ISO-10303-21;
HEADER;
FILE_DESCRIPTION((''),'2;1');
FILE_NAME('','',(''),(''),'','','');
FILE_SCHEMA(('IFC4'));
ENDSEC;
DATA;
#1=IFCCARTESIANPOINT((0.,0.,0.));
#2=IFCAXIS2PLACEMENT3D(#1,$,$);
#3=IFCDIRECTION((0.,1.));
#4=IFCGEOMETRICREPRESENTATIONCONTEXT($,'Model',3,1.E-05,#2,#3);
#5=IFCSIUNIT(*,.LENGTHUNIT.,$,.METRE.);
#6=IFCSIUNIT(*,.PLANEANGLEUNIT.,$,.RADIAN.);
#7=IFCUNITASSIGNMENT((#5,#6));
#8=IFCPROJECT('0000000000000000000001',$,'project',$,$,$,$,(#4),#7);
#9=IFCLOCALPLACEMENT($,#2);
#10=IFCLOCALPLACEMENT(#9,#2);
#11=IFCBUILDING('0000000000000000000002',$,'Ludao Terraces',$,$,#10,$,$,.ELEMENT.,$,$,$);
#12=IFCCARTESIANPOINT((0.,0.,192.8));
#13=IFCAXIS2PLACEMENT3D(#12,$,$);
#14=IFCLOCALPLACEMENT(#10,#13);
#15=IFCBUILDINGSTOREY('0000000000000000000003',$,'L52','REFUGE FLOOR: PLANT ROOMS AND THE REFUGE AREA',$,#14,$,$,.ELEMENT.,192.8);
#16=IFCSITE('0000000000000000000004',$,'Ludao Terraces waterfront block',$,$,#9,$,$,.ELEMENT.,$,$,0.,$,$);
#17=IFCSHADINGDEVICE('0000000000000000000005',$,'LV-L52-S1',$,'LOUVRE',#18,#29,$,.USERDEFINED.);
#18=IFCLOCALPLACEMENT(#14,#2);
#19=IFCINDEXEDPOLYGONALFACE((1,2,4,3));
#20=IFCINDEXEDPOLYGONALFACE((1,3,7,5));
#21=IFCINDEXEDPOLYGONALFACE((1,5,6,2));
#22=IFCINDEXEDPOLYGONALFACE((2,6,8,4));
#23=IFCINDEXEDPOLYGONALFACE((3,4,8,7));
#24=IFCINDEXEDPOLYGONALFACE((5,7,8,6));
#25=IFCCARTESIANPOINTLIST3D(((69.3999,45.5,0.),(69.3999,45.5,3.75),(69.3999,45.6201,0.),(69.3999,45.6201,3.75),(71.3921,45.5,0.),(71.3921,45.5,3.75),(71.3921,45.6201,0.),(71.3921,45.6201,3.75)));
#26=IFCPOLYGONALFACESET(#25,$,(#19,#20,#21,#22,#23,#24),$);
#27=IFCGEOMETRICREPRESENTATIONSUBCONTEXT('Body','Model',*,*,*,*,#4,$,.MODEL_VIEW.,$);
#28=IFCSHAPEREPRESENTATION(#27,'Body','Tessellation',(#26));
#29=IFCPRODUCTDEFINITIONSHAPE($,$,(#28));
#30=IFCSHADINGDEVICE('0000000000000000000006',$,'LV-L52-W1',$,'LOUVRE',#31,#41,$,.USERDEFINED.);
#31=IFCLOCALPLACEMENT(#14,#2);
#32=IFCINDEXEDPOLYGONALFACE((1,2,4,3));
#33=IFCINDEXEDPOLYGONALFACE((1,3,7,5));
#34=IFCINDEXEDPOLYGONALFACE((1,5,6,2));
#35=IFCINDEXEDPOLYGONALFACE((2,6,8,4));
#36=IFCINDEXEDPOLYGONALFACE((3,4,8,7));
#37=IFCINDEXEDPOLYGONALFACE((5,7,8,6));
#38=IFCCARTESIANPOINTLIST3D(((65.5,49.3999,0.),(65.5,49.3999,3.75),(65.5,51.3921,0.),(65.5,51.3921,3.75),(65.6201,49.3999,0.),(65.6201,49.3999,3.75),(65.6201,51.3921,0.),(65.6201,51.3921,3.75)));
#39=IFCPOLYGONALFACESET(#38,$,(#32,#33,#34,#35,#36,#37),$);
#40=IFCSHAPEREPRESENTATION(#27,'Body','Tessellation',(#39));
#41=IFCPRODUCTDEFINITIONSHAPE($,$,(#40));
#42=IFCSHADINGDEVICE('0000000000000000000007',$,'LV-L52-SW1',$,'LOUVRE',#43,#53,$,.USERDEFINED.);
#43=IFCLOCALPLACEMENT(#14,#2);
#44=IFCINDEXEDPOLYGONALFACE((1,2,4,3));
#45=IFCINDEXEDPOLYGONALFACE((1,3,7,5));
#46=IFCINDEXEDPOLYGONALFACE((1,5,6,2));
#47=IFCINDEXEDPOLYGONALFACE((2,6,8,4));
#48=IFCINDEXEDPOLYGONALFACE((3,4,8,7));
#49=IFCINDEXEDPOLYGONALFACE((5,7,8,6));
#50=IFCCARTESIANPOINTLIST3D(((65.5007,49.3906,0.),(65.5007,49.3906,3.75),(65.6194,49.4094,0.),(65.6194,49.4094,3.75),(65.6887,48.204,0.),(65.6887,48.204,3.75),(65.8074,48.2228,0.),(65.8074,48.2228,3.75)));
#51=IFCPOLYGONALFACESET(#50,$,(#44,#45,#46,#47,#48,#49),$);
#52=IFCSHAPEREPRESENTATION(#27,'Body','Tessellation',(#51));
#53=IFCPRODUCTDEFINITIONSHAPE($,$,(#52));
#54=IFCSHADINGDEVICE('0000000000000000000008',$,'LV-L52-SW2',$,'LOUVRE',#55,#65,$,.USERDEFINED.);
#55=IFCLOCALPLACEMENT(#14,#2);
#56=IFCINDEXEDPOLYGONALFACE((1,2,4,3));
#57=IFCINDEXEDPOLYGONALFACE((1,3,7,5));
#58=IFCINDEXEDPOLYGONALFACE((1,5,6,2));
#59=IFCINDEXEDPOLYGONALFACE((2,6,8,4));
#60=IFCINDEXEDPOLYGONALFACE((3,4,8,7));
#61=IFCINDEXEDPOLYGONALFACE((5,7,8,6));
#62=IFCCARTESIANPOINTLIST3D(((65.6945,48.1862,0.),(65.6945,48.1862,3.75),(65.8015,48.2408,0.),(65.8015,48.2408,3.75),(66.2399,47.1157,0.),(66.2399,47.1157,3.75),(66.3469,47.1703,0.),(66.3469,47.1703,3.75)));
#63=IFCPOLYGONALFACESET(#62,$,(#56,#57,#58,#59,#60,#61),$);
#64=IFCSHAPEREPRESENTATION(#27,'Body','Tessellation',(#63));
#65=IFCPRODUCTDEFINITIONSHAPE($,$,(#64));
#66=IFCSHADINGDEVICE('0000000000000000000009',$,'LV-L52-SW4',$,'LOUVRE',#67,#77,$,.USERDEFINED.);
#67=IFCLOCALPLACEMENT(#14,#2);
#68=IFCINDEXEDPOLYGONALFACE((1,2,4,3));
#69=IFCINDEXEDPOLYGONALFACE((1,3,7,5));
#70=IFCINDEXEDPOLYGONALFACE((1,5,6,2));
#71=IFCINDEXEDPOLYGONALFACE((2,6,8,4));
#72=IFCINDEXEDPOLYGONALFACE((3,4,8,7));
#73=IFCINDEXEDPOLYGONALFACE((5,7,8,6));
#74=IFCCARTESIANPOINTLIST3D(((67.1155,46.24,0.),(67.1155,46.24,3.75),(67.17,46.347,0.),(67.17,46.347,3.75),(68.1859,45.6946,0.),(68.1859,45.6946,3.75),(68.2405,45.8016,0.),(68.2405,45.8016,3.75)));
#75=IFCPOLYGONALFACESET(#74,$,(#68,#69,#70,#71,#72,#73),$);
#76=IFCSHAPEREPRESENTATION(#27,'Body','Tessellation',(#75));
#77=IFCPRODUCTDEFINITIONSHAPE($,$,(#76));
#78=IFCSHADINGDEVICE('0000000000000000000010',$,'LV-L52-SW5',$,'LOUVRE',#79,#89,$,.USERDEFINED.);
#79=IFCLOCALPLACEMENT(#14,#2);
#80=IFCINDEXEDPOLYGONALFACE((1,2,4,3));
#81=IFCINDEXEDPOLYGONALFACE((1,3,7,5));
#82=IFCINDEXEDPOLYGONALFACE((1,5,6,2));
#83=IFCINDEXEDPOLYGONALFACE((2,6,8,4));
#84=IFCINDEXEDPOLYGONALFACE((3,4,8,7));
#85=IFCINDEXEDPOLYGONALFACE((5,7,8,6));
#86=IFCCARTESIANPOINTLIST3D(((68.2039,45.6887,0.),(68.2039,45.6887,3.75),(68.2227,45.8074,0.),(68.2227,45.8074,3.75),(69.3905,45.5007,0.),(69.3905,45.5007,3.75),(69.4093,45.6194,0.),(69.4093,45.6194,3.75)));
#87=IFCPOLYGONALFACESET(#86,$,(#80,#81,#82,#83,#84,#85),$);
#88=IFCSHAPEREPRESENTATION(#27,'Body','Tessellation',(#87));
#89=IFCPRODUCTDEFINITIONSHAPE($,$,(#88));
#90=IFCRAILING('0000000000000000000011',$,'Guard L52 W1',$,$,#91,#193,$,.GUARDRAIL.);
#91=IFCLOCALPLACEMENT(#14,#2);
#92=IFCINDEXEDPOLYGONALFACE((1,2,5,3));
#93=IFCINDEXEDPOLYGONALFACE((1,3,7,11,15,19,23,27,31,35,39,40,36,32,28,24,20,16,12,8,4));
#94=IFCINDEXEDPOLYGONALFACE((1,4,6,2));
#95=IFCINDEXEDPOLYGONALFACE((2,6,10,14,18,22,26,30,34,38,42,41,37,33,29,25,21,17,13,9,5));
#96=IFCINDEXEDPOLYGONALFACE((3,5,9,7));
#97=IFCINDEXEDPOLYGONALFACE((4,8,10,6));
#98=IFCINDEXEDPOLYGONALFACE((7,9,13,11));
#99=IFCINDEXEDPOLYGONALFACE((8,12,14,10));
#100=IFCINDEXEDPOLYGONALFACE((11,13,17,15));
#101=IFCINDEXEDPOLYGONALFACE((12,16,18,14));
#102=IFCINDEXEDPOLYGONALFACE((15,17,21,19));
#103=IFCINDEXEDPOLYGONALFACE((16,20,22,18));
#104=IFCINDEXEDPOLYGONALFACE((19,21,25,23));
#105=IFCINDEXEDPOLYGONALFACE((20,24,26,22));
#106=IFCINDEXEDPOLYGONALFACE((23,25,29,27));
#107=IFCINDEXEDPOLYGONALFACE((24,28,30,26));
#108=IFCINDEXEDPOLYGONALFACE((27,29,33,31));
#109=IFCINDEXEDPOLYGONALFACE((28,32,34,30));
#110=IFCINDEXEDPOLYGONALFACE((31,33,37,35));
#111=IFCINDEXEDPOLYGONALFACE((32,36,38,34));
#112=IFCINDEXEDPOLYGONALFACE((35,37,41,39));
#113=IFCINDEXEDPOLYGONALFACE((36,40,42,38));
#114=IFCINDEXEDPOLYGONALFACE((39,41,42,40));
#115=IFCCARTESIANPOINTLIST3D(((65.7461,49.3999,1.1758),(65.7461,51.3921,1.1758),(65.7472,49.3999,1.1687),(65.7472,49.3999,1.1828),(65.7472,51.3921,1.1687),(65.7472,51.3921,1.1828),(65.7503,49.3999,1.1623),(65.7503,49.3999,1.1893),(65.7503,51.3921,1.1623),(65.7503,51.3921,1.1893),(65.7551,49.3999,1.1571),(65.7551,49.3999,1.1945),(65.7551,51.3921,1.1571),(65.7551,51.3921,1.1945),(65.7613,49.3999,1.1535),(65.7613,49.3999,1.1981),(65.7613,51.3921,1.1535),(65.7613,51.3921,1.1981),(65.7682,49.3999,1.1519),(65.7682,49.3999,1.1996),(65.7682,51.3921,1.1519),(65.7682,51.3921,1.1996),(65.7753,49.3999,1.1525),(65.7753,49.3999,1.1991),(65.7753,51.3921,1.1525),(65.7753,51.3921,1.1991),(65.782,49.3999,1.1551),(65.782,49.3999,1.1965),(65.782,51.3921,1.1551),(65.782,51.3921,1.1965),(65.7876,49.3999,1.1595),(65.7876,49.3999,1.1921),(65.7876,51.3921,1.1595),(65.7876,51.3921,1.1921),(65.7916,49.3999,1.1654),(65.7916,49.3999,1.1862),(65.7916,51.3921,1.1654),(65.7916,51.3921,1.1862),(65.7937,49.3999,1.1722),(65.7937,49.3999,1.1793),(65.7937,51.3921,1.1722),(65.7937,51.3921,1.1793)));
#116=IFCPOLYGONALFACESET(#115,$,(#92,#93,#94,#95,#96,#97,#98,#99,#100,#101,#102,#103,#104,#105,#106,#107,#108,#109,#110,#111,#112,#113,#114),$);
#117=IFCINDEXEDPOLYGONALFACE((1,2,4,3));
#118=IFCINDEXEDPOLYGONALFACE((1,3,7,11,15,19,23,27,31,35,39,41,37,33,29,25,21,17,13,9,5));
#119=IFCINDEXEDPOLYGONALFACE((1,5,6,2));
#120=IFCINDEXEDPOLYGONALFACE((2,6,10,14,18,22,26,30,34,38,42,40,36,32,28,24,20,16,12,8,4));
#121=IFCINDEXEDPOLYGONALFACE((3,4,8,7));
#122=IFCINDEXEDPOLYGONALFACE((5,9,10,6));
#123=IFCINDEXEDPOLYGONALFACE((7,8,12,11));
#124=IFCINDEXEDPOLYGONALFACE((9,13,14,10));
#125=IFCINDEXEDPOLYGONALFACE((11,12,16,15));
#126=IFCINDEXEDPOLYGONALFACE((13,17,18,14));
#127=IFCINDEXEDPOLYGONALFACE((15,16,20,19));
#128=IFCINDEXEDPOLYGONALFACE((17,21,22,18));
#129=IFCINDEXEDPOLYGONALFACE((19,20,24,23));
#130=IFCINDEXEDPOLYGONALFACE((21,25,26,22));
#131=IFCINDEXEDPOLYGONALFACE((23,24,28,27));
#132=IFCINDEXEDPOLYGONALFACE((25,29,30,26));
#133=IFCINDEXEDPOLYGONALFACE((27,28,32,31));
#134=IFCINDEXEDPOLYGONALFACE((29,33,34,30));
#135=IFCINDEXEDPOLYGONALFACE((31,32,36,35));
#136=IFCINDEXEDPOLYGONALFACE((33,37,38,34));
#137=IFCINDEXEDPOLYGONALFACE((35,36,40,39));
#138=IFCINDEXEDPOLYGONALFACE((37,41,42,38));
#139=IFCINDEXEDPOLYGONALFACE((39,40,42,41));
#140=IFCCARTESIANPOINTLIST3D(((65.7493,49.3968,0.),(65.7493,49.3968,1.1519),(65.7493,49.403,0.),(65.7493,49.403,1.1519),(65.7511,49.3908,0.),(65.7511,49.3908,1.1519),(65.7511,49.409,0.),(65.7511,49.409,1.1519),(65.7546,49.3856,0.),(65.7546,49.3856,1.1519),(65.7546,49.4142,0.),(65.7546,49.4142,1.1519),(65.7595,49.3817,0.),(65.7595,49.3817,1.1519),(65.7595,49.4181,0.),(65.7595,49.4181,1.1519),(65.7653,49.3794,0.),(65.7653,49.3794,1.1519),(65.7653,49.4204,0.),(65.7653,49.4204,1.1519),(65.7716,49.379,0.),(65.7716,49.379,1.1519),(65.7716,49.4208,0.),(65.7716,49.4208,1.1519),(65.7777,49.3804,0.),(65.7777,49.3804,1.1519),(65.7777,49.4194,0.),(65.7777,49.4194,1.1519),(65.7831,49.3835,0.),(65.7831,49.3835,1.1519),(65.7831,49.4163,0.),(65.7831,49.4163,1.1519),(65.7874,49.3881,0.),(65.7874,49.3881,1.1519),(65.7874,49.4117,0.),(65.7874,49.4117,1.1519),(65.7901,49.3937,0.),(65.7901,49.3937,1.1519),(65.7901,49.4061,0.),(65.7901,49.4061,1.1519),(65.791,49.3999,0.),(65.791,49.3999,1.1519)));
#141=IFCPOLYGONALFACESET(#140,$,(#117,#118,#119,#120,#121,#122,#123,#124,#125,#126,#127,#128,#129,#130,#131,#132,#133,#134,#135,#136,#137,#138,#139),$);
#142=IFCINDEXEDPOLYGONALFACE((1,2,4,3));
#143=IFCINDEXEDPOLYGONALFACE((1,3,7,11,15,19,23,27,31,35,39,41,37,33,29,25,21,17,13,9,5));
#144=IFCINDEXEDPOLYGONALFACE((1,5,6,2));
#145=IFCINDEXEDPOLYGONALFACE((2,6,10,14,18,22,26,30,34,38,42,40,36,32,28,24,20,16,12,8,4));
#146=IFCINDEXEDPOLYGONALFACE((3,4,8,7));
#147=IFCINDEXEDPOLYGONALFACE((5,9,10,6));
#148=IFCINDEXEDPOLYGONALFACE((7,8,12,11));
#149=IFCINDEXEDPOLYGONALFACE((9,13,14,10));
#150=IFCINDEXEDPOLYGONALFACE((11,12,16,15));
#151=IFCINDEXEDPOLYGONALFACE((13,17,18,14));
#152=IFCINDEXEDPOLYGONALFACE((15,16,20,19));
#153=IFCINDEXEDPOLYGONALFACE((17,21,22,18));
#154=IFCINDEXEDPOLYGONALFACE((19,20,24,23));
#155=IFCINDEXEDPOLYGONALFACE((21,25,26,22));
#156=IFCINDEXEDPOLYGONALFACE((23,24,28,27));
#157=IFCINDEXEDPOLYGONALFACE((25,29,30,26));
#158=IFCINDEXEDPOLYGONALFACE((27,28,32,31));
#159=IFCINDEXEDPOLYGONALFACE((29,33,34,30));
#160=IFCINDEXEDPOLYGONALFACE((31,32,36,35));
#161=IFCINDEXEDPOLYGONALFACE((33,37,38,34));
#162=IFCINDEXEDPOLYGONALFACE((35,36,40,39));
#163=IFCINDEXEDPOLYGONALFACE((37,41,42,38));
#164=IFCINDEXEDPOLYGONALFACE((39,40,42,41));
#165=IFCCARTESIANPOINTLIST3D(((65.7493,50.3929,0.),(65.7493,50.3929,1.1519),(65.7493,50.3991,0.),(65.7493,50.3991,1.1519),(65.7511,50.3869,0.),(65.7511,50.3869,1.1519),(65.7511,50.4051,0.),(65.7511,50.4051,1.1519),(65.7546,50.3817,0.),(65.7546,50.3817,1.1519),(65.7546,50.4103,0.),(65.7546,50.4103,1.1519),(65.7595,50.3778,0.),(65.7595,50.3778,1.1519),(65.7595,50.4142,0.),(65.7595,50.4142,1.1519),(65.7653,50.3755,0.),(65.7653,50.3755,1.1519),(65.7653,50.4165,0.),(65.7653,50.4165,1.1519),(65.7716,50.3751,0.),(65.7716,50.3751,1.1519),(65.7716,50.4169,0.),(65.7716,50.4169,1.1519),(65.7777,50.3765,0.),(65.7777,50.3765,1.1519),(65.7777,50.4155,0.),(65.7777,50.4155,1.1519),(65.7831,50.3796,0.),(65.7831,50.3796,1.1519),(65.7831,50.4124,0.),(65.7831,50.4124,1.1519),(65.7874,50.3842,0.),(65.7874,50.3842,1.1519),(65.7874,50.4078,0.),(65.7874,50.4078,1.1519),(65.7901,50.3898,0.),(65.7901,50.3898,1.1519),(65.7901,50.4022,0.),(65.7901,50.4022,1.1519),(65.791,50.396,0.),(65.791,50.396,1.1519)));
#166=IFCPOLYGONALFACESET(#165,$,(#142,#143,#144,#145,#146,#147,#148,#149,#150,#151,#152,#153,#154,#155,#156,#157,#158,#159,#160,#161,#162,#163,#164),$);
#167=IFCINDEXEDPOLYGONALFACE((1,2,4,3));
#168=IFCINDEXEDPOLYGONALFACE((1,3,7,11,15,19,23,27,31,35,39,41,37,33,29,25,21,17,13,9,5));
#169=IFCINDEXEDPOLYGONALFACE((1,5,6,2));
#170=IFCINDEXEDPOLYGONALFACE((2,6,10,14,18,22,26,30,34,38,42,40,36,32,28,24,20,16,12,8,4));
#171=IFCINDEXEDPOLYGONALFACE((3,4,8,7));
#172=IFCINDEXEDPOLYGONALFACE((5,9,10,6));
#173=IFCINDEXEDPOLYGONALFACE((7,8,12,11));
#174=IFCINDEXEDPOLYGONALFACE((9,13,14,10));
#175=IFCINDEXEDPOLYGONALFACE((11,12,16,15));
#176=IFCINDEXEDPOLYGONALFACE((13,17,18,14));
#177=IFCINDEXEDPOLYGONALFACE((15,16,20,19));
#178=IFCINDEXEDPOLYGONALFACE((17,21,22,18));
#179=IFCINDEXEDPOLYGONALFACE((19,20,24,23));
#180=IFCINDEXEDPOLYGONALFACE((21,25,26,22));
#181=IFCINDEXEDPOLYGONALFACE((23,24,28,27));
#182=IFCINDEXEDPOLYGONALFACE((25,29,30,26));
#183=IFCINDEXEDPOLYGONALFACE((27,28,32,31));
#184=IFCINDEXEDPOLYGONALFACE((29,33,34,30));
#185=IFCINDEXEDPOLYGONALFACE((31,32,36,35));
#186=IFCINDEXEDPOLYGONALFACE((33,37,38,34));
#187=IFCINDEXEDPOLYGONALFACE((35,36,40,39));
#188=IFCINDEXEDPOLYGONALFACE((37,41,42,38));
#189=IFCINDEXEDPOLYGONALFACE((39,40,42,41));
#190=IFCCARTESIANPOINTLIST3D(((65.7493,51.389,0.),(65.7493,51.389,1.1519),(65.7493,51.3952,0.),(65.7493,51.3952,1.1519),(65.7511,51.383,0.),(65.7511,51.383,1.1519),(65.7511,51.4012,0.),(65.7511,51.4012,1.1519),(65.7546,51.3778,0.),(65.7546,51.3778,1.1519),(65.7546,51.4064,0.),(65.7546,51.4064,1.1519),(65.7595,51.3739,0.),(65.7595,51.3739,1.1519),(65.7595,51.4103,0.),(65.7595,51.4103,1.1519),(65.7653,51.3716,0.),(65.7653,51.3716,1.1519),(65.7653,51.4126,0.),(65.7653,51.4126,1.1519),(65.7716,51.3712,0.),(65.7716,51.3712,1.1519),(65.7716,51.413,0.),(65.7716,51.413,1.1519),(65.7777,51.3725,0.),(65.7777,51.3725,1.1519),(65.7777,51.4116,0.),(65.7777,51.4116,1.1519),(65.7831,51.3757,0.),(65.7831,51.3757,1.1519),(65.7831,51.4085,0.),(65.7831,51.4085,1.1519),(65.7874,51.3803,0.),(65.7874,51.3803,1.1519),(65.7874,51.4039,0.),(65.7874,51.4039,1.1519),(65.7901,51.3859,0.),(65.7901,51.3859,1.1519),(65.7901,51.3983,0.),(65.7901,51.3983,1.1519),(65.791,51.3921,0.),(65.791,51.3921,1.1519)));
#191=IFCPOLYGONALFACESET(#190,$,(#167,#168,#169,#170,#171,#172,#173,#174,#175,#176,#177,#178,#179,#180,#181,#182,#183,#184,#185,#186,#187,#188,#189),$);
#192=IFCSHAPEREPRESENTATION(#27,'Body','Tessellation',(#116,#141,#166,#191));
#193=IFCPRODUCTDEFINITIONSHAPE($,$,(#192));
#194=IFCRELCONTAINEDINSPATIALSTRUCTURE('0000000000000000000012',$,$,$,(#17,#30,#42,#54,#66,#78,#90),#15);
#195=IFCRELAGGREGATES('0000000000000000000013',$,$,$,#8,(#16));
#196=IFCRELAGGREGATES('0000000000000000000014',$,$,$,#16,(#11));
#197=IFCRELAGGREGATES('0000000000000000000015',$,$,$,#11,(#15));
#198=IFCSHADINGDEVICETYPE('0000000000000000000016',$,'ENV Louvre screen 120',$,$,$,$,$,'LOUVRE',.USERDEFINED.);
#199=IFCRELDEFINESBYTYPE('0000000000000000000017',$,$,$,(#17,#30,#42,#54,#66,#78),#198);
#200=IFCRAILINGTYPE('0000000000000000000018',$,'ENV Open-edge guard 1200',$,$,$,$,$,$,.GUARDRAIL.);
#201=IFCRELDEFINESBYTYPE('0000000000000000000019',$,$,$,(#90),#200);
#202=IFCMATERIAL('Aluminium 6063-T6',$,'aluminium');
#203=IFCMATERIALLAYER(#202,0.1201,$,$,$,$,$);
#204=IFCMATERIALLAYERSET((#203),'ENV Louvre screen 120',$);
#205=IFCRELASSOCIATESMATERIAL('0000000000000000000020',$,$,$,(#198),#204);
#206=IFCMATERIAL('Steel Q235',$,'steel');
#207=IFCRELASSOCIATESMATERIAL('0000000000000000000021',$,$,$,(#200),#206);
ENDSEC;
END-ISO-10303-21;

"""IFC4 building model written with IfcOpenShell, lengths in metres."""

from ifc_helpers import new_model, si_unit, direction, frame, frame_2d, origin, origin_2d, place, context, subcontext, project, spatial, rectangle, circle, extrude, material, layer, layer_set, type_object, element, save


model = new_model("IFC4")

# Units and contexts
model_context = context("Model", 3, precision=1e-05, world=origin(), true_north=direction((0.0, 1.0)))
body_context = subcontext(model_context, "Body", "Model", "MODEL_VIEW")
ifc_project = project(units=[si_unit("LENGTHUNIT", "METRE"), si_unit("PLANEANGLEUNIT", "RADIAN")], contexts=[model_context])

# Site, building, storey
site_placement = place(None, origin())
site = spatial("IfcSite", under=ifc_project, at=site_placement, Name="Ludao Terraces waterfront block", CompositionType="ELEMENT", RefElevation=0.0)
building_placement = place(site_placement, origin())
building = spatial("IfcBuilding", under=site, at=building_placement, Name="Ludao Terraces", CompositionType="ELEMENT")
storey_placement = place(building_placement, frame((0.0, 0.0, 192.8)))
storey = spatial("IfcBuildingStorey", under=building, at=storey_placement, Name="L52", Description="REFUGE FLOOR: PLANT ROOMS AND THE REFUGE AREA", CompositionType="ELEMENT", Elevation=192.8)

# Shared definitions
ifc_material_1 = material(Name="Steel Q235", Category="steel")

# Shading devices
ifc_material_2 = material(Name="Aluminium 6063-T6", Category="aluminium")
ifc_layer_1 = layer(ifc_material_2, 0.1201)
ifc_layer_set_1 = layer_set([ifc_layer_1], Name="ENV Louvre screen 120")
shading_device_type = type_object("IfcShadingDeviceType", Name="ENV Louvre screen 120", ElementType="LOUVRE", PredefinedType="USERDEFINED", material=ifc_layer_set_1)
for number, where, z_axis, x_axis, name in (
    (1, (69.3999, 45.5601, 0.0), (0.0, 0.0, 1.0), (1.0, 0.0, 0.0), "LV-L52-S1"),
    (2, (65.5601, 49.3999, 0.0), (0.0, 0.0, 1.0), (0.0, 1.0, 0.0), "LV-L52-W1"),
):
    element("IfcShadingDevice", number, at=place(storey_placement, frame(where, z_axis=z_axis, x_axis=x_axis)), inside=storey, type_object=shading_device_type, Name=name, ObjectType="LOUVRE", PredefinedType="USERDEFINED", context=body_context, shape_type="SweptSolid", body=[
        extrude(rectangle(XDim=1.9922, YDim=0.1201, at=frame_2d((0.9961, 0.0))), origin(), (0.0, 0.0, 1.0), 3.75),
    ])
for number, where, z_axis, x_axis, name in (
    (3, (65.5601, 49.3999, 0.0), (0.0, 0.0, 1.0), (0.156484, -0.98768, 0.0), "LV-L52-SW1"),
    (4, (65.748, 48.2134, 0.0), (0.0, 0.0, 1.0), (0.453947, -0.891029, 0.0), "LV-L52-SW2"),
    (5, (67.1428, 46.2935, 0.0), (0.0, 0.0, 1.0), (0.891029, -0.453947, 0.0), "LV-L52-SW4"),
    (6, (68.2134, 45.748, 0.0), (0.0, 0.0, 1.0), (0.98768, -0.156484, 0.0), "LV-L52-SW5"),
):
    element("IfcShadingDevice", number, at=place(storey_placement, frame(where, z_axis=z_axis, x_axis=x_axis)), inside=storey, type_object=shading_device_type, Name=name, ObjectType="LOUVRE", PredefinedType="USERDEFINED", context=body_context, shape_type="SweptSolid", body=[
        extrude(rectangle(XDim=1.2014, YDim=0.1201, at=frame_2d((0.6006, 0.0))), origin(), (0.0, 0.0, 1.0), 3.75),
    ])

# Railing
railing_type = type_object("IfcRailingType", Name="ENV Open-edge guard 1200", PredefinedType="GUARDRAIL", material=ifc_material_1)
railing_placement = place(storey_placement, frame((65.77, 49.3999, 0.0)))
element("IfcRailing", 7, at=railing_placement, inside=storey, type_object=railing_type, Name="Guard L52 W1", PredefinedType="GUARDRAIL", context=body_context, shape_type="SweptSolid", body=[
    extrude(circle(Radius=0.0239, at=origin_2d()), frame((0.0, 0.0, 1.1758), z_axis=(0.0, 1.0, 0.0), x_axis=(-1.0, 0.0, 0.0)), (0.0, 0.0, 1.0), 1.9922),
    extrude(circle(Radius=0.021, at=origin_2d()), origin(), (0.0, 0.0, 1.0), 1.1519),
    extrude(circle(Radius=0.021, at=origin_2d()), frame((0.0, 0.9961, 0.0)), (0.0, 0.0, 1.0), 1.1519),
    extrude(circle(Radius=0.021, at=origin_2d()), frame((0.0, 1.9922, 0.0)), (0.0, 0.0, 1.0), 1.1519),
])

save(model, "model.ifc")
